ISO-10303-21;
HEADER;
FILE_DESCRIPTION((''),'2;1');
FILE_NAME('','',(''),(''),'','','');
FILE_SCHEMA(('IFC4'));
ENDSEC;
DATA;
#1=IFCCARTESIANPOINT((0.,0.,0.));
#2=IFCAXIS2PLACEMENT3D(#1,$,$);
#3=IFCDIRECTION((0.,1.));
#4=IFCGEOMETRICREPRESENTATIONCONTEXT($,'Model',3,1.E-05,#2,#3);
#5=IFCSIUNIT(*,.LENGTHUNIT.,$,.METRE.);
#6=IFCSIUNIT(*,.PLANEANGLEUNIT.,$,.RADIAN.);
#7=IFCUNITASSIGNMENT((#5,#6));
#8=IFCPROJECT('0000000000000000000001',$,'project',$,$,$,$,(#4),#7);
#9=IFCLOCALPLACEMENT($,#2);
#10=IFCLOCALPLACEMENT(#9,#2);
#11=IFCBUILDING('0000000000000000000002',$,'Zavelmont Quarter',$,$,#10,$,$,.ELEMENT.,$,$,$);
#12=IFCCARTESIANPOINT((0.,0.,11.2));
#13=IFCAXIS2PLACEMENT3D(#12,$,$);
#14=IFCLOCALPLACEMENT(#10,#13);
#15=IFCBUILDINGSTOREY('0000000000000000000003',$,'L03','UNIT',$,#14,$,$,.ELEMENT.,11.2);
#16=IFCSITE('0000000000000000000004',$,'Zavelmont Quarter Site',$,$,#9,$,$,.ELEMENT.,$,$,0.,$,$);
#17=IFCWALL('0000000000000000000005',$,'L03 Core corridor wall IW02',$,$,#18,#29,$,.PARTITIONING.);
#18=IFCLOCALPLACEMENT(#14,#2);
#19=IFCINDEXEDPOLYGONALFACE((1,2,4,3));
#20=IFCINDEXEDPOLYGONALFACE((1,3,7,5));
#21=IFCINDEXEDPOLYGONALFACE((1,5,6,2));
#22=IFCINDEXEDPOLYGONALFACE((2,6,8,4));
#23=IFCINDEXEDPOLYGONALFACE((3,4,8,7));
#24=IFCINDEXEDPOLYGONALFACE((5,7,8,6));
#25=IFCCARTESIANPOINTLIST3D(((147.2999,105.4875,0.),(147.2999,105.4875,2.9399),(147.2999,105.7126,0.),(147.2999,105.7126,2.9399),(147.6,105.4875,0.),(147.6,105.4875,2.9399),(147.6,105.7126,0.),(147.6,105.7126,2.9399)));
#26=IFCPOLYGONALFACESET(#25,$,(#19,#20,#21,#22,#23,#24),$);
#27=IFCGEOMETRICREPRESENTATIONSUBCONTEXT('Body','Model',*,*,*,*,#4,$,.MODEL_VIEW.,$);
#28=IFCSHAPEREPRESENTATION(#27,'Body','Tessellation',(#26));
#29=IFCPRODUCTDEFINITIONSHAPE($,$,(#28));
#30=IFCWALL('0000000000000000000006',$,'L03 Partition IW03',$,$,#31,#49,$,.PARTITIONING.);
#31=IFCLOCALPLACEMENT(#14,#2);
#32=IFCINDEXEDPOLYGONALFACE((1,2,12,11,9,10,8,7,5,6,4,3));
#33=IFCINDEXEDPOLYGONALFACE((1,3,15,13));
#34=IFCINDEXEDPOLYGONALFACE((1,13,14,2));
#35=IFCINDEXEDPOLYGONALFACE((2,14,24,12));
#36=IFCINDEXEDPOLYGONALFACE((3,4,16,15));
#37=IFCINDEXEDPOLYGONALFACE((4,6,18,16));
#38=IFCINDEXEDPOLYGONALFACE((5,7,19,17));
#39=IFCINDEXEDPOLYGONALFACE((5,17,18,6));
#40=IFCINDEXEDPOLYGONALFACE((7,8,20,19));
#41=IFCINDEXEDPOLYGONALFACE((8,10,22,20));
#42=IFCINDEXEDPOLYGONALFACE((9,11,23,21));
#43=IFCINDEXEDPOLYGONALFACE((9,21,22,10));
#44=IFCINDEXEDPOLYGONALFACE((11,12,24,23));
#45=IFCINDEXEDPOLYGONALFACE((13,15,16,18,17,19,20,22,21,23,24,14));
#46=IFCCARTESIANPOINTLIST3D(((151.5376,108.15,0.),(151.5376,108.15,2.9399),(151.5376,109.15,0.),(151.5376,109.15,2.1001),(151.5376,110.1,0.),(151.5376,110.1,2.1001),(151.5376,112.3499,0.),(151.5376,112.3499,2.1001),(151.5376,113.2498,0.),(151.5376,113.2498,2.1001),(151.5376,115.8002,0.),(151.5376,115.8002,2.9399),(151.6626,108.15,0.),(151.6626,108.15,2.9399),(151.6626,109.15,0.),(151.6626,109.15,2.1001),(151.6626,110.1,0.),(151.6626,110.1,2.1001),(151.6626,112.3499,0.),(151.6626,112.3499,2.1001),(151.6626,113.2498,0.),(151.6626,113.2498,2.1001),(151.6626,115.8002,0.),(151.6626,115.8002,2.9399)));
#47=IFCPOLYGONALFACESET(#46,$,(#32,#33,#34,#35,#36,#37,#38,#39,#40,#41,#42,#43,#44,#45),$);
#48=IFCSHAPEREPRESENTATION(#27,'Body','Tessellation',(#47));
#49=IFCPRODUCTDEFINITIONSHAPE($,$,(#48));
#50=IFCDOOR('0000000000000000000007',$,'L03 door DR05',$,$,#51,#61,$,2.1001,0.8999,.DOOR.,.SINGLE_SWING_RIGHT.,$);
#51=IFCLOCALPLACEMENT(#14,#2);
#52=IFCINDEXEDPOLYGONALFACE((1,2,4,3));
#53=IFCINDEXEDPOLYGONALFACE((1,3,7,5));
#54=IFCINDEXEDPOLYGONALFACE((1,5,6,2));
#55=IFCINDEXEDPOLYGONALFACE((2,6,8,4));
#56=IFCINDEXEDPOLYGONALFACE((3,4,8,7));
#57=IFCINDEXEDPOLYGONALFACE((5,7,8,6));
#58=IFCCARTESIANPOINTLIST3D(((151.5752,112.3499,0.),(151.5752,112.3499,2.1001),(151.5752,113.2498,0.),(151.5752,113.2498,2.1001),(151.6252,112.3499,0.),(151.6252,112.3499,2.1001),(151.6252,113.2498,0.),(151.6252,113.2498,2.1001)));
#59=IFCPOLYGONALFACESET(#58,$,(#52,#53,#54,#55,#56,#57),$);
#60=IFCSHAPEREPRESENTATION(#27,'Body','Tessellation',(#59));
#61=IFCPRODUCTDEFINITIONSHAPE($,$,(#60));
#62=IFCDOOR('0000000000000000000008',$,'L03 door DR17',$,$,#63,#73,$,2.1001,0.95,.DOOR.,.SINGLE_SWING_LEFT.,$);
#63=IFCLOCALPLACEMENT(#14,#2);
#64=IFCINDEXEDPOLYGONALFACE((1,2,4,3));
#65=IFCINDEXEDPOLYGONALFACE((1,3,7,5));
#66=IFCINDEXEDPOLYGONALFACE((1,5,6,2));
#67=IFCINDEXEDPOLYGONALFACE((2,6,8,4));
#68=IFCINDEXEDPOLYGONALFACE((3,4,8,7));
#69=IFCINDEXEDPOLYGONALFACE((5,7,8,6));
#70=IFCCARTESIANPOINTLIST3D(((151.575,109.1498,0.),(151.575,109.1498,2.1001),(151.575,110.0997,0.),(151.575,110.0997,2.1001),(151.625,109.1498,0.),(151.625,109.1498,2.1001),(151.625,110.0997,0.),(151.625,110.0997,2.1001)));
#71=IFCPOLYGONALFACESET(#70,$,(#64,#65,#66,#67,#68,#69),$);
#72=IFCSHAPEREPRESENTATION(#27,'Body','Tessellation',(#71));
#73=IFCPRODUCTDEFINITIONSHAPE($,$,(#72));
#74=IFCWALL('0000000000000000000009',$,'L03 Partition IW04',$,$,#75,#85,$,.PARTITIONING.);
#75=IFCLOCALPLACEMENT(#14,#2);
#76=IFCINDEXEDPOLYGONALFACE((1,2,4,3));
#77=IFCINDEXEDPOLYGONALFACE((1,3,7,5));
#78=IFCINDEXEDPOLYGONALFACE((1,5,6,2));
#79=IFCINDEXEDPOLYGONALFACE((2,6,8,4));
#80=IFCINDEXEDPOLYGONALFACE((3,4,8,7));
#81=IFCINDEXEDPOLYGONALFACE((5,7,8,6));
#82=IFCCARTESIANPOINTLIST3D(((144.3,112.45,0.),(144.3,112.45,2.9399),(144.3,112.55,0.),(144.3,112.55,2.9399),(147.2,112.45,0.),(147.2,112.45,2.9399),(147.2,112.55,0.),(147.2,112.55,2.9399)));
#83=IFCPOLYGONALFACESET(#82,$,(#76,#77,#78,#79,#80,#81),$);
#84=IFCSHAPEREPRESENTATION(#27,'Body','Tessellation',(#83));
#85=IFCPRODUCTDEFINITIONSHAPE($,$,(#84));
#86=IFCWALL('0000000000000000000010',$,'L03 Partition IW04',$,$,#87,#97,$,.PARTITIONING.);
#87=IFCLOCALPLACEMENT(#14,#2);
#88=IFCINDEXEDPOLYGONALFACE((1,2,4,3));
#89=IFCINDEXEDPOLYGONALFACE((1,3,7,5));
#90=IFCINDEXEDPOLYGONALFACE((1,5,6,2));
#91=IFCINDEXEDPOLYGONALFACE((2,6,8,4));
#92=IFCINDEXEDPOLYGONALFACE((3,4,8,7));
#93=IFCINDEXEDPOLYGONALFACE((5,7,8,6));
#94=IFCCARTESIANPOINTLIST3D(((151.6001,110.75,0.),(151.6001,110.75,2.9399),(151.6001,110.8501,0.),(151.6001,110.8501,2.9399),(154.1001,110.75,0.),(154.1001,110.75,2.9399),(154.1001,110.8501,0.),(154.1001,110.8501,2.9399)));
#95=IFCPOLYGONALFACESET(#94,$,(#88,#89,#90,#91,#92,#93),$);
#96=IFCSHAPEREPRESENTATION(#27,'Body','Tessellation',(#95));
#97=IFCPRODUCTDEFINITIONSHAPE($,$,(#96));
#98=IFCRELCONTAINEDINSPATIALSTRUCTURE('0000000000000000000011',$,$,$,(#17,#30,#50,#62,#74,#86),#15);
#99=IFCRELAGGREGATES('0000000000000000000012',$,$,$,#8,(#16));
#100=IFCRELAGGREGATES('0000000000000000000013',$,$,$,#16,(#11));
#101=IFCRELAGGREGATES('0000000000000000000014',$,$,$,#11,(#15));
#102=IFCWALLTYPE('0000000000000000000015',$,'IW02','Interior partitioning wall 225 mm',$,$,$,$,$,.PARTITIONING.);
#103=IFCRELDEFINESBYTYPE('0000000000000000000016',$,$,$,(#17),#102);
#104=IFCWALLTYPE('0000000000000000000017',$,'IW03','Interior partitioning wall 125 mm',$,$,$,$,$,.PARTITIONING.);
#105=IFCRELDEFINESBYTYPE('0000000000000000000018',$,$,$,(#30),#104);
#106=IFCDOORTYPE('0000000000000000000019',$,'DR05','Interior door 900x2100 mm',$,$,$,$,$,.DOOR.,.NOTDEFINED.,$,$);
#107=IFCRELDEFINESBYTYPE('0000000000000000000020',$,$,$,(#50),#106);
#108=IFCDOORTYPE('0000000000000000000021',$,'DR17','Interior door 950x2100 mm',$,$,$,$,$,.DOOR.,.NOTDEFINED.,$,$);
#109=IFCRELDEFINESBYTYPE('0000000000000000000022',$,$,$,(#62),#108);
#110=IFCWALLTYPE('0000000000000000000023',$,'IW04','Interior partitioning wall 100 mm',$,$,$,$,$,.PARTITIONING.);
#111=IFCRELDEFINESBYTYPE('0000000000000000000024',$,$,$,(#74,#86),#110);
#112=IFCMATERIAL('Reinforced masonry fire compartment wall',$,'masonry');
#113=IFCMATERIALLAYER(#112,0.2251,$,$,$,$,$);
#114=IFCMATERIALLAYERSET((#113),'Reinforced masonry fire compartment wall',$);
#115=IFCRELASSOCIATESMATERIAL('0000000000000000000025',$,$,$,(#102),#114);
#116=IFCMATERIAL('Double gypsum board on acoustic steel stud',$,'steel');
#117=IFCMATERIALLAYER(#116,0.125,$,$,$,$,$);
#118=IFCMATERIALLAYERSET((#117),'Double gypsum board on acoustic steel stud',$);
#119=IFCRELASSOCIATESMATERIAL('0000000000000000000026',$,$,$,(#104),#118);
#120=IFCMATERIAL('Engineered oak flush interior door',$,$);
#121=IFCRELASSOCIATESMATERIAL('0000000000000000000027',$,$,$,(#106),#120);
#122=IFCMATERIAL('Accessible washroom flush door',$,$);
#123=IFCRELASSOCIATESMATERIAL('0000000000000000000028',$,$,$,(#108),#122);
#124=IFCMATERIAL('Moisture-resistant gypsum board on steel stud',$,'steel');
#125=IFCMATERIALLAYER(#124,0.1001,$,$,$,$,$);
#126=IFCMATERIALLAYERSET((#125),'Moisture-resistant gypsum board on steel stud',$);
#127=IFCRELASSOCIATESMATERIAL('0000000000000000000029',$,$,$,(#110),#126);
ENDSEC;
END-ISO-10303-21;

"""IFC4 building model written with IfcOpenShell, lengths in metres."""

from ifc_helpers import new_model, si_unit, direction, frame, frame_2d, origin, origin_with_axes, place, context, subcontext, project, spatial, rectangle, extrude, material, layer, layer_set, type_object, element, fill, save


model = new_model("IFC4")

# Units and contexts
model_context = context("Model", 3, precision=1e-05, world=origin(), true_north=direction((0.0, 1.0)))
body_context = subcontext(model_context, "Body", "Model", "MODEL_VIEW")
ifc_project = project(units=[si_unit("LENGTHUNIT", "METRE"), si_unit("PLANEANGLEUNIT", "RADIAN")], contexts=[model_context])

# Site, building, storey
site_placement = place(None, origin())
site = spatial("IfcSite", under=ifc_project, at=site_placement, Name="Zavelmont Quarter Site", CompositionType="ELEMENT", RefElevation=0.0)
building_placement = place(site_placement, origin())
building = spatial("IfcBuilding", under=site, at=building_placement, Name="Zavelmont Quarter", CompositionType="ELEMENT")
storey_placement = place(building_placement, frame((0.0, 0.0, 11.2)))
storey = spatial("IfcBuildingStorey", under=building, at=storey_placement, Name="L03", Description="UNIT", CompositionType="ELEMENT", Elevation=11.2)

# Wall
ifc_material_1 = material(Name="Reinforced masonry fire compartment wall", Category="masonry")
ifc_layer_1 = layer(ifc_material_1, 0.2251)
ifc_layer_set_1 = layer_set([ifc_layer_1], Name="Reinforced masonry fire compartment wall")
wall_type_1 = type_object("IfcWallType", Name="IW02", Description="Interior partitioning wall 225 mm", PredefinedType="PARTITIONING", material=ifc_layer_set_1)
wall_1_placement = place(storey_placement, frame((147.3, 105.6001, 0.0), z_axis=(0.0, 0.0, 1.0), x_axis=(1.0, 0.0, 0.0)))
element("IfcWall", 1, at=wall_1_placement, inside=storey, type_object=wall_type_1, Name="L03 Core corridor wall IW02", PredefinedType="PARTITIONING", context=body_context, shape_type="SweptSolid", body=[
    extrude(rectangle(XDim=0.3, YDim=0.2251, at=frame_2d((0.1499, 0.0))), origin(), (0.0, 0.0, 1.0), 2.9399),
])

# Wall, openings, doors
ifc_material_2 = material(Name="Double gypsum board on acoustic steel stud", Category="steel")
ifc_layer_2 = layer(ifc_material_2, 0.125)
ifc_layer_set_2 = layer_set([ifc_layer_2], Name="Double gypsum board on acoustic steel stud")
wall_type_2 = type_object("IfcWallType", Name="IW03", Description="Interior partitioning wall 125 mm", PredefinedType="PARTITIONING", material=ifc_layer_set_2)
wall_2_placement = place(storey_placement, frame((151.6001, 108.1499, 0.0), z_axis=(0.0, 0.0, 1.0), x_axis=(0.0, 1.0, 0.0)))
wall_2 = element("IfcWall", 2, at=wall_2_placement, inside=storey, type_object=wall_type_2, Name="L03 Partition IW03", PredefinedType="PARTITIONING", context=body_context, shape_type="SweptSolid", body=[
    extrude(rectangle(XDim=7.6501, YDim=0.125, at=frame_2d((3.8252, 0.0))), origin(), (0.0, 0.0, 1.0), 2.9399),
])
opening_1_placement = place(wall_2_placement, frame((1.0, 0.0, 0.0)))
opening_1 = element("IfcOpeningElement", 3, at=opening_1_placement, cuts=wall_2, PredefinedType="OPENING", context=body_context, shape_type="SweptSolid", body=[
    extrude(rectangle(XDim=0.95, YDim=2.1001, at=frame_2d((0.4751, 1.05))), frame((0.0, 0.0745, 0.0), z_axis=(0.0, -1.0, 0.0), x_axis=(1.0, 0.0, 0.0)), (0.0, 0.0, 1.0), 0.1489),
])
opening_2_placement = place(wall_2_placement, frame((4.2, 0.0, 0.0)))
opening_2 = element("IfcOpeningElement", 4, at=opening_2_placement, cuts=wall_2, PredefinedType="OPENING", context=body_context, shape_type="SweptSolid", body=[
    extrude(rectangle(XDim=0.8999, YDim=2.1001, at=frame_2d((0.45, 1.05))), frame((0.0, 0.0745, 0.0), z_axis=(0.0, -1.0, 0.0), x_axis=(1.0, 0.0, 0.0)), (0.0, 0.0, 1.0), 0.1489),
])
ifc_material_3 = material(Name="Engineered oak flush interior door")
door_type_1 = type_object("IfcDoorType", Name="DR05", Description="Interior door 900x2100 mm", OperationType="NOTDEFINED", PredefinedType="DOOR", material=ifc_material_3)
door_1_placement = place(opening_2_placement, origin_with_axes())
door_1 = element("IfcDoor", 5, at=door_1_placement, inside=storey, type_object=door_type_1, Name="L03 door DR05", OperationType="SINGLE_SWING_RIGHT", OverallHeight=2.1001, OverallWidth=0.8999, PredefinedType="DOOR", context=body_context, shape_type="SweptSolid", body=[
    extrude(rectangle(XDim=0.8999, YDim=2.1001, at=frame_2d((0.45, 1.05))), frame((0.0, 0.0249, 0.0), z_axis=(0.0, -1.0, 0.0), x_axis=(1.0, 0.0, 0.0)), (0.0, 0.0, 1.0), 0.05),
])
fill(opening_2, door_1)
ifc_material_4 = material(Name="Accessible washroom flush door")
door_type_2 = type_object("IfcDoorType", Name="DR17", Description="Interior door 950x2100 mm", OperationType="NOTDEFINED", PredefinedType="DOOR", material=ifc_material_4)
door_2_placement = place(opening_1_placement, frame((0.95, 0.0, 0.0), z_axis=(0.0, 0.0, 1.0), x_axis=(-1.0, 0.0, 0.0)))
door_2 = element("IfcDoor", 6, at=door_2_placement, inside=storey, type_object=door_type_2, Name="L03 door DR17", OperationType="SINGLE_SWING_LEFT", OverallHeight=2.1001, OverallWidth=0.95, PredefinedType="DOOR", context=body_context, shape_type="SweptSolid", body=[
    extrude(rectangle(XDim=0.95, YDim=2.1001, at=frame_2d((0.4751, 1.05))), frame((0.0, 0.0249, 0.0), z_axis=(0.0, -1.0, 0.0), x_axis=(1.0, 0.0, 0.0)), (0.0, 0.0, 1.0), 0.05),
])
fill(opening_1, door_2)

# Walls
ifc_material_5 = material(Name="Moisture-resistant gypsum board on steel stud", Category="steel")
ifc_layer_3 = layer(ifc_material_5, 0.1001)
ifc_layer_set_3 = layer_set([ifc_layer_3], Name="Moisture-resistant gypsum board on steel stud")
wall_type_3 = type_object("IfcWallType", Name="IW04", Description="Interior partitioning wall 100 mm", PredefinedType="PARTITIONING", material=ifc_layer_set_3)
wall_3_placement = place(storey_placement, frame((144.3, 112.5, 0.0), z_axis=(0.0, 0.0, 1.0), x_axis=(1.0, 0.0, 0.0)))
element("IfcWall", 7, at=wall_3_placement, inside=storey, type_object=wall_type_3, Name="L03 Partition IW04", PredefinedType="PARTITIONING", context=body_context, shape_type="SweptSolid", body=[
    extrude(rectangle(XDim=2.8999, YDim=0.1001, at=frame_2d((1.45, 0.0))), origin(), (0.0, 0.0, 1.0), 2.9399),
])
wall_4_placement = place(storey_placement, frame((151.6001, 110.8, 0.0), z_axis=(0.0, 0.0, 1.0), x_axis=(1.0, 0.0, 0.0)))
element("IfcWall", 8, at=wall_4_placement, inside=storey, type_object=wall_type_3, Name="L03 Partition IW04", PredefinedType="PARTITIONING", context=body_context, shape_type="SweptSolid", body=[
    extrude(rectangle(XDim=2.5, YDim=0.1001, at=frame_2d((1.25, 0.0))), origin(), (0.0, 0.0, 1.0), 2.9399),
])

save(model, "model.ifc")
